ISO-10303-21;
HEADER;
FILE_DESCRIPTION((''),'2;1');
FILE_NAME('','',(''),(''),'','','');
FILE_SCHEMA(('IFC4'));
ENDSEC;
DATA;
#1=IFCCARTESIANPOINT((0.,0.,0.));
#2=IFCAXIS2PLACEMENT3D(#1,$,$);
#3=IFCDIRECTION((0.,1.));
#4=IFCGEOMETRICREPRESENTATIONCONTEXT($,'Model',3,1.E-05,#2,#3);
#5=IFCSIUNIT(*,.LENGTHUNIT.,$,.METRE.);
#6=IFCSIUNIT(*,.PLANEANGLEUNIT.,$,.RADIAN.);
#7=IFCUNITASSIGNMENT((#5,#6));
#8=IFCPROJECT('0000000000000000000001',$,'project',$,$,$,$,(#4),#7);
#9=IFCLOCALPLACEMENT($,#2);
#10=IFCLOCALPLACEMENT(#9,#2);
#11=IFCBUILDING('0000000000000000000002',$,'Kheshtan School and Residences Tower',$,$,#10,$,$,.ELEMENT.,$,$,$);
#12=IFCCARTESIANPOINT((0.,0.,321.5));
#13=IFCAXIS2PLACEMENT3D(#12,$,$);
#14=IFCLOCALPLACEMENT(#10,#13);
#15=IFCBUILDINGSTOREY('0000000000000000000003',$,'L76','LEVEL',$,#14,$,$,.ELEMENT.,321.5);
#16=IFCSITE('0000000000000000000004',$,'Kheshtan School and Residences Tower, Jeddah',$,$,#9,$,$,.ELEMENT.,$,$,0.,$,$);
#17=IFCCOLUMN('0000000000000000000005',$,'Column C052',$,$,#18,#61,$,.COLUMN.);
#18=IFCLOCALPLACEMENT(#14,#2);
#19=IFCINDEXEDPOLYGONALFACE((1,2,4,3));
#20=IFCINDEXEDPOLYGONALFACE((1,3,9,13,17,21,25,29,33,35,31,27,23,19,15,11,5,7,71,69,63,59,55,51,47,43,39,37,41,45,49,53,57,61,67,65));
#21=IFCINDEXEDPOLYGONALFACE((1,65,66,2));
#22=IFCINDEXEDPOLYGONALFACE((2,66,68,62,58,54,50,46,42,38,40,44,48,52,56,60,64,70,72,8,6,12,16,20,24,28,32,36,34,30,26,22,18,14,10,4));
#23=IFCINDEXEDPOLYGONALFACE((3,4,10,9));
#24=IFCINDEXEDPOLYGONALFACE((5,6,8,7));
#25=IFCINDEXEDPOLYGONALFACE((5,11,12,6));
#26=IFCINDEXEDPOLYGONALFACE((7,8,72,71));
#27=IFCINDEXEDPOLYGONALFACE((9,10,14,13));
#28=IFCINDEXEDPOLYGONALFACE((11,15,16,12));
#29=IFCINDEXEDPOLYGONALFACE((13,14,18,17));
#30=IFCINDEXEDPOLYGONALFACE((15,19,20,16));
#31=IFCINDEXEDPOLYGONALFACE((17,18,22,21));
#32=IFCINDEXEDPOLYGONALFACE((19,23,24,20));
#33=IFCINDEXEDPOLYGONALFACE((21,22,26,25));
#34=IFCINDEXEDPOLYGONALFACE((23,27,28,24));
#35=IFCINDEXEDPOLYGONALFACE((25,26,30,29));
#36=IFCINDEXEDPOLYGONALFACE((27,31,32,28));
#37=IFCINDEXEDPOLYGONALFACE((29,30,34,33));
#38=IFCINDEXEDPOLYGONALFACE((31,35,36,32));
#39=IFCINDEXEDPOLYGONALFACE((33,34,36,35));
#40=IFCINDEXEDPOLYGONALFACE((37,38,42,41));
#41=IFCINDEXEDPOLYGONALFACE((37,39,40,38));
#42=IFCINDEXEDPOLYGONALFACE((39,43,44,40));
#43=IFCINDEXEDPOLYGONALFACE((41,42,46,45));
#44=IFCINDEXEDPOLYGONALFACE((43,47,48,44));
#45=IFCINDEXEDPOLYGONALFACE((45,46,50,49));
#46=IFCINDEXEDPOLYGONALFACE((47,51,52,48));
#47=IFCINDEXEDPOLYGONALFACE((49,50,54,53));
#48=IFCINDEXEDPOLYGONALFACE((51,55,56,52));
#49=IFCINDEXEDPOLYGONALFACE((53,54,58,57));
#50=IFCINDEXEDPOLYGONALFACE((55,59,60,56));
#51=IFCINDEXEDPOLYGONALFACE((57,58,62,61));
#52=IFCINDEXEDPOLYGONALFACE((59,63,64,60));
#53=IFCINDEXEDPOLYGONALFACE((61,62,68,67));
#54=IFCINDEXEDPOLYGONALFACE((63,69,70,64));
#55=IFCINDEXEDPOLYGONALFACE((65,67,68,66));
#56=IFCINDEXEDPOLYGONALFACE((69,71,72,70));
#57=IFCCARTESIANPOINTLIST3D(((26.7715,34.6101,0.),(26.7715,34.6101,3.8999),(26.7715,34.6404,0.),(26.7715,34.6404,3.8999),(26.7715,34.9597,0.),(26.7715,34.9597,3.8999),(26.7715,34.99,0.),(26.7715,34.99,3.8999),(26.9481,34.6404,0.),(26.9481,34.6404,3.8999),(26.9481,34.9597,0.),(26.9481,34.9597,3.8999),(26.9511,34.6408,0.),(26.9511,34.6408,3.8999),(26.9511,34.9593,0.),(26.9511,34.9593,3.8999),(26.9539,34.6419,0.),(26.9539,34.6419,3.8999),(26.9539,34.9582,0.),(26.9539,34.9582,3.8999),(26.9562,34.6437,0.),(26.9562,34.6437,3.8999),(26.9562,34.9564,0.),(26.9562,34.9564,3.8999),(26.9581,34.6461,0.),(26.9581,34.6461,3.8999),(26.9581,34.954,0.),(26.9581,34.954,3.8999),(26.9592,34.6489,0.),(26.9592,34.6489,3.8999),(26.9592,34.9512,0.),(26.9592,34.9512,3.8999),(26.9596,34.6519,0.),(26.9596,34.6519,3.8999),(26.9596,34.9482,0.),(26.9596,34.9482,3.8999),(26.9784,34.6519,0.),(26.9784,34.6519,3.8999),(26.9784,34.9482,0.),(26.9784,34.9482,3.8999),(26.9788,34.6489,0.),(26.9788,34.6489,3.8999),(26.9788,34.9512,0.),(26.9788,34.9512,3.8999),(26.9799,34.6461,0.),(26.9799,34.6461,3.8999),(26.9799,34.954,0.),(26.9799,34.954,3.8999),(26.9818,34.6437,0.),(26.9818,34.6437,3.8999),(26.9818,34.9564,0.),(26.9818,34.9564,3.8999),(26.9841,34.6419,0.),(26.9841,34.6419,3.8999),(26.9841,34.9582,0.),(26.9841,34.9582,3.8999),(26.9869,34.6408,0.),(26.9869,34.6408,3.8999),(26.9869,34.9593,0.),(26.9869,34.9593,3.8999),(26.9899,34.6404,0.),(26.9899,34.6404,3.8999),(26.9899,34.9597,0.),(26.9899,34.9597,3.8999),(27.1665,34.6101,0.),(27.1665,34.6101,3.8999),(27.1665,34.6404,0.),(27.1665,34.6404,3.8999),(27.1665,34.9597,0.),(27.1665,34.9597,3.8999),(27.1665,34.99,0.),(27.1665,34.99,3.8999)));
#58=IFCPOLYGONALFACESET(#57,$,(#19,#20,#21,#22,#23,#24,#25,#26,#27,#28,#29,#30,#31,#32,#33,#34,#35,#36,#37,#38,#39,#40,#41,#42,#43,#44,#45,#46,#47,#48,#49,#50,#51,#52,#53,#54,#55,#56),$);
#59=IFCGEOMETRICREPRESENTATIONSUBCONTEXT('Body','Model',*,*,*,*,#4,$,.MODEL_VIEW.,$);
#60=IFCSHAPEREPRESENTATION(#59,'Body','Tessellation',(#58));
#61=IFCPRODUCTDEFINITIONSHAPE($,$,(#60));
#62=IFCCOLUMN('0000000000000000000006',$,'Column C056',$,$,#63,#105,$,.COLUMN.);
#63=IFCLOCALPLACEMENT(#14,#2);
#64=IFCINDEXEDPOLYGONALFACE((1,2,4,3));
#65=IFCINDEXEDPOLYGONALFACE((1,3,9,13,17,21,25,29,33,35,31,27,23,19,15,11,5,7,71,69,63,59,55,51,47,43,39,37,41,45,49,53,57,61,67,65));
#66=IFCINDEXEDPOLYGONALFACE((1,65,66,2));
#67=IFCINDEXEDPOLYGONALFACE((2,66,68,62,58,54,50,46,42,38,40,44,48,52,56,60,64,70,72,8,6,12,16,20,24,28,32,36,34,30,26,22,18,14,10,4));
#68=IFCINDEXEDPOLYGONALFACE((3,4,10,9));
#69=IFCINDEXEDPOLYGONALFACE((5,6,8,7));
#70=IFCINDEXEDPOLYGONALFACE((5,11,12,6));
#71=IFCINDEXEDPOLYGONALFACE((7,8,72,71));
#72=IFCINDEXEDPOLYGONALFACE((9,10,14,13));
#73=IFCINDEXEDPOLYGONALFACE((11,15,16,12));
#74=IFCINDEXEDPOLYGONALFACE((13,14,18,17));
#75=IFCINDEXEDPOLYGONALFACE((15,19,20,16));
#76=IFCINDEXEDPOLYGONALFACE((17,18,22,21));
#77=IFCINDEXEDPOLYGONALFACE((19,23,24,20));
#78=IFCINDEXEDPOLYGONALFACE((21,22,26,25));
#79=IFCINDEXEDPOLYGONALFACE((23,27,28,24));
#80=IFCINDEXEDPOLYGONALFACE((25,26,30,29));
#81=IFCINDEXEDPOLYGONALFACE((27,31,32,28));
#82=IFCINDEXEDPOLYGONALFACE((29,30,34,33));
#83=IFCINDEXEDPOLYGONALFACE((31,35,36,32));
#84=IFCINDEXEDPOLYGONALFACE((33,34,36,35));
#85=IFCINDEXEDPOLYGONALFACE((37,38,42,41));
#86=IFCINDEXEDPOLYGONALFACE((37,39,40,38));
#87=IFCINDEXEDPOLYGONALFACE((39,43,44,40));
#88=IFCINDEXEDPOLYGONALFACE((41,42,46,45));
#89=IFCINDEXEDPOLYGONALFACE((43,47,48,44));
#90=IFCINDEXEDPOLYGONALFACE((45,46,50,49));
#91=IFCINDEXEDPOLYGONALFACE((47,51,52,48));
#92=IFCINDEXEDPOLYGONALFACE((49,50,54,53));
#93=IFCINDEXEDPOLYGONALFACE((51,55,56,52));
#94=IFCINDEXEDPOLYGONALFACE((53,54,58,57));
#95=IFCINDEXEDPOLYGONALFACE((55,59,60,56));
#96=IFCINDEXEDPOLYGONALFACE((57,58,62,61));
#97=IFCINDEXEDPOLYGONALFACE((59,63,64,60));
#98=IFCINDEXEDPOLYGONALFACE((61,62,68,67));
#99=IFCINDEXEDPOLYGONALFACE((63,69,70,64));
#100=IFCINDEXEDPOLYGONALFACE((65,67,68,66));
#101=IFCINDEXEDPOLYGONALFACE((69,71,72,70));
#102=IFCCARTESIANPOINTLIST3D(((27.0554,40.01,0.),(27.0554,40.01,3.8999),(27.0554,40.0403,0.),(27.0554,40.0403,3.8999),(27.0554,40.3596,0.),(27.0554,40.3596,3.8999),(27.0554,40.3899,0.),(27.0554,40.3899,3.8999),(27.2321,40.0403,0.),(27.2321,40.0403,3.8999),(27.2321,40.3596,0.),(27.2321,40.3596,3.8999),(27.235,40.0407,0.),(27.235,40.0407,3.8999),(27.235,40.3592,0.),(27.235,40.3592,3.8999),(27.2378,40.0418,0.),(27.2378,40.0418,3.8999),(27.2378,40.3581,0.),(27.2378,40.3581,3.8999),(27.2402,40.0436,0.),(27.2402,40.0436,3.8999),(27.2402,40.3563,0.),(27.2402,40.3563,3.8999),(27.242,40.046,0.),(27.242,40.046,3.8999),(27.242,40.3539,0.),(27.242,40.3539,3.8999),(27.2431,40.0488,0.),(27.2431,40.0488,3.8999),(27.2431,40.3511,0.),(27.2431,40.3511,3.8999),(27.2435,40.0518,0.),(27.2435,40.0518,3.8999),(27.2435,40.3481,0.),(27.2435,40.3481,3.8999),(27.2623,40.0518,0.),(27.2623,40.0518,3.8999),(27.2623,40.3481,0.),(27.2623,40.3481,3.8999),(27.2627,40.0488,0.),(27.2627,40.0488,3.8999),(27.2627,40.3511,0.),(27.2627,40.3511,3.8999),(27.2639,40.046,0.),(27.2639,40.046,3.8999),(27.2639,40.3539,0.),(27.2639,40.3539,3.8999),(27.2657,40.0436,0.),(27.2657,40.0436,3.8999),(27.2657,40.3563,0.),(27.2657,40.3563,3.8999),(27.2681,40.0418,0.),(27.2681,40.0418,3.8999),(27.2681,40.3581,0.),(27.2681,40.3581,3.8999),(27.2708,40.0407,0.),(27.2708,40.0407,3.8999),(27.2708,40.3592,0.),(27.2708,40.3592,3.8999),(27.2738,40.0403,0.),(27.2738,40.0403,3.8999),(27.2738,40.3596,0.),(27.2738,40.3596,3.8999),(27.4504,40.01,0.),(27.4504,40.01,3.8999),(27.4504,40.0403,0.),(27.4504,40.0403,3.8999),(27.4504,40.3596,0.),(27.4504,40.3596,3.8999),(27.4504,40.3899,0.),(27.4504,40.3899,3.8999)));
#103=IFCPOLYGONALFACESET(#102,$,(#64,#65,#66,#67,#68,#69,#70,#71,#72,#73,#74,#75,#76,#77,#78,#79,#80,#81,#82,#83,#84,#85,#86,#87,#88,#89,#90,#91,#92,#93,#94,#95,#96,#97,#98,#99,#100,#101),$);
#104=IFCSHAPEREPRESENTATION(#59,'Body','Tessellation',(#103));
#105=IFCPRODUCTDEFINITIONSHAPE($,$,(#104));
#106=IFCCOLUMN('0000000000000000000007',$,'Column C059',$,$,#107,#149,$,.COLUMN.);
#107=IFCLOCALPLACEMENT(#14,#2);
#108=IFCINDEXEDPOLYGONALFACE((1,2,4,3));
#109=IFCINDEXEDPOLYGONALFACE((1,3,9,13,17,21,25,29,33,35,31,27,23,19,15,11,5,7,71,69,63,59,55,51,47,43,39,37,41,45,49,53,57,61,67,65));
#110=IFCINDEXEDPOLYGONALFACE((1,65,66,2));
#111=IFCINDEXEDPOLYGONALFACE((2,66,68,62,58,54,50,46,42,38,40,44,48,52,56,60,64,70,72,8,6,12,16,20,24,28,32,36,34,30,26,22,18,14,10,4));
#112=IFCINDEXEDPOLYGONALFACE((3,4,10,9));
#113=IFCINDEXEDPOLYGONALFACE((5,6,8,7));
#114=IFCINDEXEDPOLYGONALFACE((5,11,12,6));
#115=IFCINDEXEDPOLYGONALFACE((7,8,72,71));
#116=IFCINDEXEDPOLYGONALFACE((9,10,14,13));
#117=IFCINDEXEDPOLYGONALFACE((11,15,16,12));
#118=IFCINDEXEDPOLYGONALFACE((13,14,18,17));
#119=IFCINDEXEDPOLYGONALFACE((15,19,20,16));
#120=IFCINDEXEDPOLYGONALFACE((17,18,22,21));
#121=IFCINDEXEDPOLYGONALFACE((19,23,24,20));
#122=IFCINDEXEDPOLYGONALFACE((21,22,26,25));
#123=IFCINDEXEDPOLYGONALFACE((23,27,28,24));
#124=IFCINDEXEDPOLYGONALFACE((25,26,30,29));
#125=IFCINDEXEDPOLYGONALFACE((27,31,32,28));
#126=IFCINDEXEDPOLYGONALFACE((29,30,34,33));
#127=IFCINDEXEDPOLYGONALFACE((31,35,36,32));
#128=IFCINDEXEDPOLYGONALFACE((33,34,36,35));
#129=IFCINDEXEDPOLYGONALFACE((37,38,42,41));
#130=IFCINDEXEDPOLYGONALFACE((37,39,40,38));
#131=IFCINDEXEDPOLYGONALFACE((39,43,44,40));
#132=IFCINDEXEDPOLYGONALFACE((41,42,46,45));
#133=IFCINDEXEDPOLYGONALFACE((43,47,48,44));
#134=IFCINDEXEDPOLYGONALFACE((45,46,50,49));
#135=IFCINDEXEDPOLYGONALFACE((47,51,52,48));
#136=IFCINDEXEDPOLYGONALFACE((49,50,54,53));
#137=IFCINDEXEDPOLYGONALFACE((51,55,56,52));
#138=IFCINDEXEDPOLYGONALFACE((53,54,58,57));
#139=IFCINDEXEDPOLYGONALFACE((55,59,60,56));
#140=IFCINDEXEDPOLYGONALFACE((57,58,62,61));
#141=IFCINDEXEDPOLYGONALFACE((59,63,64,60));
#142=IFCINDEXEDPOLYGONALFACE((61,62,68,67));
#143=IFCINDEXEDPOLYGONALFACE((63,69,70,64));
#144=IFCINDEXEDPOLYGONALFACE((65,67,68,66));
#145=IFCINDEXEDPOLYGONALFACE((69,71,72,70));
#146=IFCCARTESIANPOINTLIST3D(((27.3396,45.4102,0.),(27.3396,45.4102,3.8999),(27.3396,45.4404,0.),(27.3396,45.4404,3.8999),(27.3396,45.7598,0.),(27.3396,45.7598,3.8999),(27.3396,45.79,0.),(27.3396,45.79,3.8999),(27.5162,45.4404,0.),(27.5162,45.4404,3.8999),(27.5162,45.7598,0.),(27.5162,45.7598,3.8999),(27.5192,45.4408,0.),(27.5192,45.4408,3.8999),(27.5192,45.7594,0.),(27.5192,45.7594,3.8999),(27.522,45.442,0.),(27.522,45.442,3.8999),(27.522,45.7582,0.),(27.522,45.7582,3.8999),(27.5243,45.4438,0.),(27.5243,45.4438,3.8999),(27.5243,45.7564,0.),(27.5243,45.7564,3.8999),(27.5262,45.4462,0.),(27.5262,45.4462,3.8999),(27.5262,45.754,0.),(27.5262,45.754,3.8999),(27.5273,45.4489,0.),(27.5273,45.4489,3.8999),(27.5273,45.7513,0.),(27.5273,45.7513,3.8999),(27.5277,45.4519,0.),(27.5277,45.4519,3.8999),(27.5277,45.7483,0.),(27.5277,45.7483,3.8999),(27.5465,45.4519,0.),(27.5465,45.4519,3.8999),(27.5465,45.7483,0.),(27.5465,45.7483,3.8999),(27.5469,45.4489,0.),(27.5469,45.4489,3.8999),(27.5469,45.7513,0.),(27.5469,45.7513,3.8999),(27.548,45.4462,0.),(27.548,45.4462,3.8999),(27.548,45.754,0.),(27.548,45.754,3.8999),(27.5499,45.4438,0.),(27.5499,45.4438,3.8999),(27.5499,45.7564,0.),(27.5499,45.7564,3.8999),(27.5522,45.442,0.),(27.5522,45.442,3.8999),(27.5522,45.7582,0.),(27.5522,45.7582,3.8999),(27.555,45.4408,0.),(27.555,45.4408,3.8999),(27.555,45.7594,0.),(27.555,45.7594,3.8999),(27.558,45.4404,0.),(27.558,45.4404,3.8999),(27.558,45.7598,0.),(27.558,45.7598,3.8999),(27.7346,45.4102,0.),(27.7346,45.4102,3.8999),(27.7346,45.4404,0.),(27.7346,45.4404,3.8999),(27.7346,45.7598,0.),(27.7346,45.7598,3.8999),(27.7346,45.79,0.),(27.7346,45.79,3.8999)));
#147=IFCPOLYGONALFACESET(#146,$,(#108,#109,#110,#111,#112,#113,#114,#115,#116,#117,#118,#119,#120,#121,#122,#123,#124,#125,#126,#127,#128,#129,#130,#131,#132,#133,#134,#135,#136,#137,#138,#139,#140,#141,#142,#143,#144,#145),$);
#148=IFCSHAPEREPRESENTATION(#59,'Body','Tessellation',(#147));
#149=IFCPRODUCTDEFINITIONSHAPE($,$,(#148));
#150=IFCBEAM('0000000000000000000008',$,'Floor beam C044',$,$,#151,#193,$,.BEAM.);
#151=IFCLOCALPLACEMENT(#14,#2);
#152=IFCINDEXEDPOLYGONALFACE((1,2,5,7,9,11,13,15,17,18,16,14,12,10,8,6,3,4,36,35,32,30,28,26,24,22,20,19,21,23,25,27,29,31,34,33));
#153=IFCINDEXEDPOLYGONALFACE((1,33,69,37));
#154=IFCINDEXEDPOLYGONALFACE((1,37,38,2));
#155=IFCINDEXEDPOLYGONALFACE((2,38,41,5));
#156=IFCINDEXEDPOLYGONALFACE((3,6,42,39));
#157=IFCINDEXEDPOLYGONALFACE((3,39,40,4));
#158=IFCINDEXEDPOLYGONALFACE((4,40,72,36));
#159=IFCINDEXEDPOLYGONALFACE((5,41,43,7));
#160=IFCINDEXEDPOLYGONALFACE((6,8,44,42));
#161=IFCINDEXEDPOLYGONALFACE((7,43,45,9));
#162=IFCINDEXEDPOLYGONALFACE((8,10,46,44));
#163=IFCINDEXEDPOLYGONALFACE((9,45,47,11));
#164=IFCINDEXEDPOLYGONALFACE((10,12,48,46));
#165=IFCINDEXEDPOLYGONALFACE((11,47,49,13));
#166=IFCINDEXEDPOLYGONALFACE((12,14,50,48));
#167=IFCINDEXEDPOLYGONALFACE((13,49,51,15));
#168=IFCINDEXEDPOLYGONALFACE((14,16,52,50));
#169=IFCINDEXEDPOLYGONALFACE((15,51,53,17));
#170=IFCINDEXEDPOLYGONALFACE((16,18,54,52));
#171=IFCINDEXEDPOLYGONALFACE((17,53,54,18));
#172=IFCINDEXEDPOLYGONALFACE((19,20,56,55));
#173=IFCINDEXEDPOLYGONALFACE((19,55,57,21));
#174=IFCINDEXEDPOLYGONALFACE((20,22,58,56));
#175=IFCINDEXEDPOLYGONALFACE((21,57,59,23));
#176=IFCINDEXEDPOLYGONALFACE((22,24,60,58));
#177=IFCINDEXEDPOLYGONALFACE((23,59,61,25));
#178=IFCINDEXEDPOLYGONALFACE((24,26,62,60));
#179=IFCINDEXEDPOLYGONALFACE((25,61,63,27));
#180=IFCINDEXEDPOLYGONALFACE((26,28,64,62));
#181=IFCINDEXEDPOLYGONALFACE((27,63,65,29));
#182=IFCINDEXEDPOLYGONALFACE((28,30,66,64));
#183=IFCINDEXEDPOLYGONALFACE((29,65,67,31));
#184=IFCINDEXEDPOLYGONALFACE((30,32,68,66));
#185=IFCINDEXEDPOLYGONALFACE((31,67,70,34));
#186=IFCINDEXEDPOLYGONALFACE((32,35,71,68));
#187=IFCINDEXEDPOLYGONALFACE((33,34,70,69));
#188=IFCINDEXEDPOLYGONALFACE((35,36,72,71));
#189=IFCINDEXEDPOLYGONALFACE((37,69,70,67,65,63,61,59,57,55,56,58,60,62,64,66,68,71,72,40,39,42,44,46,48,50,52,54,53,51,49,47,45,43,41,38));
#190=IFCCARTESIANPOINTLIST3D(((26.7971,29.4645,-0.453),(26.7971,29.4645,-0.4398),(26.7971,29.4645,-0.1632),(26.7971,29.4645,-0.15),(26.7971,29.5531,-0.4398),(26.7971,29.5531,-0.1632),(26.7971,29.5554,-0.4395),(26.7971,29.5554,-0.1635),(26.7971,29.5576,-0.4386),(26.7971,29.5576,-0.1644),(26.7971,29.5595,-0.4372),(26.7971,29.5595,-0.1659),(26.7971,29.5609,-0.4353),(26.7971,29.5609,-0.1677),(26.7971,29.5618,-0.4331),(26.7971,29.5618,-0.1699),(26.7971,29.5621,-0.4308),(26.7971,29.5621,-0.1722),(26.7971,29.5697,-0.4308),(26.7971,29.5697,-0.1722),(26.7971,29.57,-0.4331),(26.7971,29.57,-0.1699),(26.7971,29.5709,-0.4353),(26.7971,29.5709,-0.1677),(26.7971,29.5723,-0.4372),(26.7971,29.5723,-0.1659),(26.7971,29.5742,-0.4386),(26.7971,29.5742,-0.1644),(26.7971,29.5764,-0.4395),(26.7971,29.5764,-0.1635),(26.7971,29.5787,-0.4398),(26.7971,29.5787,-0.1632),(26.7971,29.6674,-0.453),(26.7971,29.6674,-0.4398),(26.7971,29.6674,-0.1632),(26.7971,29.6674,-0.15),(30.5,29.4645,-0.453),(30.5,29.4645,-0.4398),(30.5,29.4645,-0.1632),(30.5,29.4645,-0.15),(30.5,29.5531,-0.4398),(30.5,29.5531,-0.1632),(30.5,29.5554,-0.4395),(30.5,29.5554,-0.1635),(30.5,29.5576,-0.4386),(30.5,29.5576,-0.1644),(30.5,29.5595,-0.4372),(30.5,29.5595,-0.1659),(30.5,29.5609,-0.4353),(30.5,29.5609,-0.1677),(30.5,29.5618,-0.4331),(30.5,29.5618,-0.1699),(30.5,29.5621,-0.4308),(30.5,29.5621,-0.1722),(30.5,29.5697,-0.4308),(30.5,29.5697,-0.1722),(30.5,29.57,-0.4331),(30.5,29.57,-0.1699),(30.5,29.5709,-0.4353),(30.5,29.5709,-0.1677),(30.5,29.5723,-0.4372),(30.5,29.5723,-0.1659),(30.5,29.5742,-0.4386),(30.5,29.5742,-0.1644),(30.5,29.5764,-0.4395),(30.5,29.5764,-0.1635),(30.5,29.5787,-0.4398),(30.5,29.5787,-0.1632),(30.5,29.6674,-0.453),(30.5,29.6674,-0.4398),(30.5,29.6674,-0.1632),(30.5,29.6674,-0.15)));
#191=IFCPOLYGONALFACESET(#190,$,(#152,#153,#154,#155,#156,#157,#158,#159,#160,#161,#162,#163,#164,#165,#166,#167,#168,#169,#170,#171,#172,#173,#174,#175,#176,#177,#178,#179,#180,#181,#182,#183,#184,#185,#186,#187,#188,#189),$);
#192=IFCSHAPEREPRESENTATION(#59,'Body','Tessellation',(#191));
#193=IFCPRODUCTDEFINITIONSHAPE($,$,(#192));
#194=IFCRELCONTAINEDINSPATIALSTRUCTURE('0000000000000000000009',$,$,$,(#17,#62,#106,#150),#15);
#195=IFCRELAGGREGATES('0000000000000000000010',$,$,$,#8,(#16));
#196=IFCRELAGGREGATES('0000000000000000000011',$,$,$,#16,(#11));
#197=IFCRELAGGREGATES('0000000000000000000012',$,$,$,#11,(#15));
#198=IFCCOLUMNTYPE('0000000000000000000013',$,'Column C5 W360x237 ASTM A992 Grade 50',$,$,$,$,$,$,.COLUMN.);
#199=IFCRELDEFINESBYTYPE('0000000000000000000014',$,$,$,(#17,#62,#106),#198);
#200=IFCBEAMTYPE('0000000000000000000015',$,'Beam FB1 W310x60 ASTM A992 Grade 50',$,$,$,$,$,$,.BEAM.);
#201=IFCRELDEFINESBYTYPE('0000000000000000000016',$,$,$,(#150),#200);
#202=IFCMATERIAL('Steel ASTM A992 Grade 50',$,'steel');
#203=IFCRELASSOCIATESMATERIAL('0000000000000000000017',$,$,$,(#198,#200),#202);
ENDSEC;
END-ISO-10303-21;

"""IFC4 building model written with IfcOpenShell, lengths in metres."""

from ifc_helpers import new_model, si_unit, direction, frame, origin, origin_2d, place, context, subcontext, project, spatial, i_section, extrude, material, material_profile, profile_set, type_object, element, save


model = new_model("IFC4")

# Units and contexts
model_context = context("Model", 3, precision=1e-05, world=origin(), true_north=direction((0.0, 1.0)))
body_context = subcontext(model_context, "Body", "Model", "MODEL_VIEW")
ifc_project = project(units=[si_unit("LENGTHUNIT", "METRE"), si_unit("PLANEANGLEUNIT", "RADIAN")], contexts=[model_context])

# Site, building, storey
site_placement = place(None, origin())
site = spatial("IfcSite", under=ifc_project, at=site_placement, Name="Kheshtan School and Residences Tower, Jeddah", CompositionType="ELEMENT", RefElevation=0.0)
building_placement = place(site_placement, origin())
building = spatial("IfcBuilding", under=site, at=building_placement, Name="Kheshtan School and Residences Tower", CompositionType="ELEMENT")
storey_placement = place(building_placement, frame((0.0, 0.0, 321.5)))
storey = spatial("IfcBuildingStorey", under=building, at=storey_placement, Name="L76", Description="LEVEL", CompositionType="ELEMENT", Elevation=321.5)

# Columns
ifc_material_1 = material(Name="Steel ASTM A992 Grade 50", Category="steel")
ifc_material_profile_1 = material_profile(ifc_material_1, i_section(OverallWidth=0.395, OverallDepth=0.3799, WebThickness=0.0188, FlangeThickness=0.0303, FilletRadius=0.0115, at=origin_2d()), Name="W360x237")
ifc_profile_set_1 = profile_set([ifc_material_profile_1], Name="Steel ASTM A992 Grade 50")
column_type = type_object("IfcColumnType", Name="Column C5 W360x237 ASTM A992 Grade 50", PredefinedType="COLUMN", material=ifc_profile_set_1)
for number, where, z_axis, x_axis, name in (
    (1, (26.969, 34.8, 0.0), (0.0, 0.0, 1.0), (1.0, 0.0, 0.0), "Column C052"),
    (2, (27.2529, 40.2, 0.0), (0.0, 0.0, 1.0), (1.0, 0.0, 0.0), "Column C056"),
    (3, (27.5371, 45.6001, 0.0), (0.0, 0.0, 1.0), (1.0, 0.0, 0.0), "Column C059"),
):
    element("IfcColumn", number, at=place(storey_placement, frame(where, z_axis=z_axis, x_axis=x_axis)), inside=storey, type_object=column_type, Name=name, PredefinedType="COLUMN", context=body_context, shape_type="SweptSolid", body=[
        extrude(i_section(OverallWidth=0.395, OverallDepth=0.3799, WebThickness=0.0188, FlangeThickness=0.0303, FilletRadius=0.0115, at=origin_2d()), origin(), (0.0, 0.0, 1.0), 3.8999),
    ])

# Beam
ifc_material_profile_2 = material_profile(ifc_material_1, i_section(OverallWidth=0.2029, OverallDepth=0.303, WebThickness=0.0076, FlangeThickness=0.0132, FilletRadius=0.009, at=origin_2d()), Name="W310x60")
ifc_profile_set_2 = profile_set([ifc_material_profile_2], Name="Steel ASTM A992 Grade 50")
beam_type_1 = type_object("IfcBeamType", Name="Beam FB1 W310x60 ASTM A992 Grade 50", PredefinedType="BEAM", material=ifc_profile_set_2)
beam_1_placement = place(storey_placement, frame((26.7971, 29.5659, -0.3015), z_axis=(1.0, 0.0, 0.0), x_axis=(0.0, 1.0, 0.0)))
element("IfcBeam", 4, at=beam_1_placement, inside=storey, type_object=beam_type_1, Name="Floor beam C044", PredefinedType="BEAM", context=body_context, shape_type="SweptSolid", body=[
    extrude(i_section(OverallWidth=0.2029, OverallDepth=0.303, WebThickness=0.0076, FlangeThickness=0.0132, FilletRadius=0.009, at=origin_2d()), origin(), (0.0, 0.0, 1.0), 3.7029),
])

save(model, "model.ifc")
